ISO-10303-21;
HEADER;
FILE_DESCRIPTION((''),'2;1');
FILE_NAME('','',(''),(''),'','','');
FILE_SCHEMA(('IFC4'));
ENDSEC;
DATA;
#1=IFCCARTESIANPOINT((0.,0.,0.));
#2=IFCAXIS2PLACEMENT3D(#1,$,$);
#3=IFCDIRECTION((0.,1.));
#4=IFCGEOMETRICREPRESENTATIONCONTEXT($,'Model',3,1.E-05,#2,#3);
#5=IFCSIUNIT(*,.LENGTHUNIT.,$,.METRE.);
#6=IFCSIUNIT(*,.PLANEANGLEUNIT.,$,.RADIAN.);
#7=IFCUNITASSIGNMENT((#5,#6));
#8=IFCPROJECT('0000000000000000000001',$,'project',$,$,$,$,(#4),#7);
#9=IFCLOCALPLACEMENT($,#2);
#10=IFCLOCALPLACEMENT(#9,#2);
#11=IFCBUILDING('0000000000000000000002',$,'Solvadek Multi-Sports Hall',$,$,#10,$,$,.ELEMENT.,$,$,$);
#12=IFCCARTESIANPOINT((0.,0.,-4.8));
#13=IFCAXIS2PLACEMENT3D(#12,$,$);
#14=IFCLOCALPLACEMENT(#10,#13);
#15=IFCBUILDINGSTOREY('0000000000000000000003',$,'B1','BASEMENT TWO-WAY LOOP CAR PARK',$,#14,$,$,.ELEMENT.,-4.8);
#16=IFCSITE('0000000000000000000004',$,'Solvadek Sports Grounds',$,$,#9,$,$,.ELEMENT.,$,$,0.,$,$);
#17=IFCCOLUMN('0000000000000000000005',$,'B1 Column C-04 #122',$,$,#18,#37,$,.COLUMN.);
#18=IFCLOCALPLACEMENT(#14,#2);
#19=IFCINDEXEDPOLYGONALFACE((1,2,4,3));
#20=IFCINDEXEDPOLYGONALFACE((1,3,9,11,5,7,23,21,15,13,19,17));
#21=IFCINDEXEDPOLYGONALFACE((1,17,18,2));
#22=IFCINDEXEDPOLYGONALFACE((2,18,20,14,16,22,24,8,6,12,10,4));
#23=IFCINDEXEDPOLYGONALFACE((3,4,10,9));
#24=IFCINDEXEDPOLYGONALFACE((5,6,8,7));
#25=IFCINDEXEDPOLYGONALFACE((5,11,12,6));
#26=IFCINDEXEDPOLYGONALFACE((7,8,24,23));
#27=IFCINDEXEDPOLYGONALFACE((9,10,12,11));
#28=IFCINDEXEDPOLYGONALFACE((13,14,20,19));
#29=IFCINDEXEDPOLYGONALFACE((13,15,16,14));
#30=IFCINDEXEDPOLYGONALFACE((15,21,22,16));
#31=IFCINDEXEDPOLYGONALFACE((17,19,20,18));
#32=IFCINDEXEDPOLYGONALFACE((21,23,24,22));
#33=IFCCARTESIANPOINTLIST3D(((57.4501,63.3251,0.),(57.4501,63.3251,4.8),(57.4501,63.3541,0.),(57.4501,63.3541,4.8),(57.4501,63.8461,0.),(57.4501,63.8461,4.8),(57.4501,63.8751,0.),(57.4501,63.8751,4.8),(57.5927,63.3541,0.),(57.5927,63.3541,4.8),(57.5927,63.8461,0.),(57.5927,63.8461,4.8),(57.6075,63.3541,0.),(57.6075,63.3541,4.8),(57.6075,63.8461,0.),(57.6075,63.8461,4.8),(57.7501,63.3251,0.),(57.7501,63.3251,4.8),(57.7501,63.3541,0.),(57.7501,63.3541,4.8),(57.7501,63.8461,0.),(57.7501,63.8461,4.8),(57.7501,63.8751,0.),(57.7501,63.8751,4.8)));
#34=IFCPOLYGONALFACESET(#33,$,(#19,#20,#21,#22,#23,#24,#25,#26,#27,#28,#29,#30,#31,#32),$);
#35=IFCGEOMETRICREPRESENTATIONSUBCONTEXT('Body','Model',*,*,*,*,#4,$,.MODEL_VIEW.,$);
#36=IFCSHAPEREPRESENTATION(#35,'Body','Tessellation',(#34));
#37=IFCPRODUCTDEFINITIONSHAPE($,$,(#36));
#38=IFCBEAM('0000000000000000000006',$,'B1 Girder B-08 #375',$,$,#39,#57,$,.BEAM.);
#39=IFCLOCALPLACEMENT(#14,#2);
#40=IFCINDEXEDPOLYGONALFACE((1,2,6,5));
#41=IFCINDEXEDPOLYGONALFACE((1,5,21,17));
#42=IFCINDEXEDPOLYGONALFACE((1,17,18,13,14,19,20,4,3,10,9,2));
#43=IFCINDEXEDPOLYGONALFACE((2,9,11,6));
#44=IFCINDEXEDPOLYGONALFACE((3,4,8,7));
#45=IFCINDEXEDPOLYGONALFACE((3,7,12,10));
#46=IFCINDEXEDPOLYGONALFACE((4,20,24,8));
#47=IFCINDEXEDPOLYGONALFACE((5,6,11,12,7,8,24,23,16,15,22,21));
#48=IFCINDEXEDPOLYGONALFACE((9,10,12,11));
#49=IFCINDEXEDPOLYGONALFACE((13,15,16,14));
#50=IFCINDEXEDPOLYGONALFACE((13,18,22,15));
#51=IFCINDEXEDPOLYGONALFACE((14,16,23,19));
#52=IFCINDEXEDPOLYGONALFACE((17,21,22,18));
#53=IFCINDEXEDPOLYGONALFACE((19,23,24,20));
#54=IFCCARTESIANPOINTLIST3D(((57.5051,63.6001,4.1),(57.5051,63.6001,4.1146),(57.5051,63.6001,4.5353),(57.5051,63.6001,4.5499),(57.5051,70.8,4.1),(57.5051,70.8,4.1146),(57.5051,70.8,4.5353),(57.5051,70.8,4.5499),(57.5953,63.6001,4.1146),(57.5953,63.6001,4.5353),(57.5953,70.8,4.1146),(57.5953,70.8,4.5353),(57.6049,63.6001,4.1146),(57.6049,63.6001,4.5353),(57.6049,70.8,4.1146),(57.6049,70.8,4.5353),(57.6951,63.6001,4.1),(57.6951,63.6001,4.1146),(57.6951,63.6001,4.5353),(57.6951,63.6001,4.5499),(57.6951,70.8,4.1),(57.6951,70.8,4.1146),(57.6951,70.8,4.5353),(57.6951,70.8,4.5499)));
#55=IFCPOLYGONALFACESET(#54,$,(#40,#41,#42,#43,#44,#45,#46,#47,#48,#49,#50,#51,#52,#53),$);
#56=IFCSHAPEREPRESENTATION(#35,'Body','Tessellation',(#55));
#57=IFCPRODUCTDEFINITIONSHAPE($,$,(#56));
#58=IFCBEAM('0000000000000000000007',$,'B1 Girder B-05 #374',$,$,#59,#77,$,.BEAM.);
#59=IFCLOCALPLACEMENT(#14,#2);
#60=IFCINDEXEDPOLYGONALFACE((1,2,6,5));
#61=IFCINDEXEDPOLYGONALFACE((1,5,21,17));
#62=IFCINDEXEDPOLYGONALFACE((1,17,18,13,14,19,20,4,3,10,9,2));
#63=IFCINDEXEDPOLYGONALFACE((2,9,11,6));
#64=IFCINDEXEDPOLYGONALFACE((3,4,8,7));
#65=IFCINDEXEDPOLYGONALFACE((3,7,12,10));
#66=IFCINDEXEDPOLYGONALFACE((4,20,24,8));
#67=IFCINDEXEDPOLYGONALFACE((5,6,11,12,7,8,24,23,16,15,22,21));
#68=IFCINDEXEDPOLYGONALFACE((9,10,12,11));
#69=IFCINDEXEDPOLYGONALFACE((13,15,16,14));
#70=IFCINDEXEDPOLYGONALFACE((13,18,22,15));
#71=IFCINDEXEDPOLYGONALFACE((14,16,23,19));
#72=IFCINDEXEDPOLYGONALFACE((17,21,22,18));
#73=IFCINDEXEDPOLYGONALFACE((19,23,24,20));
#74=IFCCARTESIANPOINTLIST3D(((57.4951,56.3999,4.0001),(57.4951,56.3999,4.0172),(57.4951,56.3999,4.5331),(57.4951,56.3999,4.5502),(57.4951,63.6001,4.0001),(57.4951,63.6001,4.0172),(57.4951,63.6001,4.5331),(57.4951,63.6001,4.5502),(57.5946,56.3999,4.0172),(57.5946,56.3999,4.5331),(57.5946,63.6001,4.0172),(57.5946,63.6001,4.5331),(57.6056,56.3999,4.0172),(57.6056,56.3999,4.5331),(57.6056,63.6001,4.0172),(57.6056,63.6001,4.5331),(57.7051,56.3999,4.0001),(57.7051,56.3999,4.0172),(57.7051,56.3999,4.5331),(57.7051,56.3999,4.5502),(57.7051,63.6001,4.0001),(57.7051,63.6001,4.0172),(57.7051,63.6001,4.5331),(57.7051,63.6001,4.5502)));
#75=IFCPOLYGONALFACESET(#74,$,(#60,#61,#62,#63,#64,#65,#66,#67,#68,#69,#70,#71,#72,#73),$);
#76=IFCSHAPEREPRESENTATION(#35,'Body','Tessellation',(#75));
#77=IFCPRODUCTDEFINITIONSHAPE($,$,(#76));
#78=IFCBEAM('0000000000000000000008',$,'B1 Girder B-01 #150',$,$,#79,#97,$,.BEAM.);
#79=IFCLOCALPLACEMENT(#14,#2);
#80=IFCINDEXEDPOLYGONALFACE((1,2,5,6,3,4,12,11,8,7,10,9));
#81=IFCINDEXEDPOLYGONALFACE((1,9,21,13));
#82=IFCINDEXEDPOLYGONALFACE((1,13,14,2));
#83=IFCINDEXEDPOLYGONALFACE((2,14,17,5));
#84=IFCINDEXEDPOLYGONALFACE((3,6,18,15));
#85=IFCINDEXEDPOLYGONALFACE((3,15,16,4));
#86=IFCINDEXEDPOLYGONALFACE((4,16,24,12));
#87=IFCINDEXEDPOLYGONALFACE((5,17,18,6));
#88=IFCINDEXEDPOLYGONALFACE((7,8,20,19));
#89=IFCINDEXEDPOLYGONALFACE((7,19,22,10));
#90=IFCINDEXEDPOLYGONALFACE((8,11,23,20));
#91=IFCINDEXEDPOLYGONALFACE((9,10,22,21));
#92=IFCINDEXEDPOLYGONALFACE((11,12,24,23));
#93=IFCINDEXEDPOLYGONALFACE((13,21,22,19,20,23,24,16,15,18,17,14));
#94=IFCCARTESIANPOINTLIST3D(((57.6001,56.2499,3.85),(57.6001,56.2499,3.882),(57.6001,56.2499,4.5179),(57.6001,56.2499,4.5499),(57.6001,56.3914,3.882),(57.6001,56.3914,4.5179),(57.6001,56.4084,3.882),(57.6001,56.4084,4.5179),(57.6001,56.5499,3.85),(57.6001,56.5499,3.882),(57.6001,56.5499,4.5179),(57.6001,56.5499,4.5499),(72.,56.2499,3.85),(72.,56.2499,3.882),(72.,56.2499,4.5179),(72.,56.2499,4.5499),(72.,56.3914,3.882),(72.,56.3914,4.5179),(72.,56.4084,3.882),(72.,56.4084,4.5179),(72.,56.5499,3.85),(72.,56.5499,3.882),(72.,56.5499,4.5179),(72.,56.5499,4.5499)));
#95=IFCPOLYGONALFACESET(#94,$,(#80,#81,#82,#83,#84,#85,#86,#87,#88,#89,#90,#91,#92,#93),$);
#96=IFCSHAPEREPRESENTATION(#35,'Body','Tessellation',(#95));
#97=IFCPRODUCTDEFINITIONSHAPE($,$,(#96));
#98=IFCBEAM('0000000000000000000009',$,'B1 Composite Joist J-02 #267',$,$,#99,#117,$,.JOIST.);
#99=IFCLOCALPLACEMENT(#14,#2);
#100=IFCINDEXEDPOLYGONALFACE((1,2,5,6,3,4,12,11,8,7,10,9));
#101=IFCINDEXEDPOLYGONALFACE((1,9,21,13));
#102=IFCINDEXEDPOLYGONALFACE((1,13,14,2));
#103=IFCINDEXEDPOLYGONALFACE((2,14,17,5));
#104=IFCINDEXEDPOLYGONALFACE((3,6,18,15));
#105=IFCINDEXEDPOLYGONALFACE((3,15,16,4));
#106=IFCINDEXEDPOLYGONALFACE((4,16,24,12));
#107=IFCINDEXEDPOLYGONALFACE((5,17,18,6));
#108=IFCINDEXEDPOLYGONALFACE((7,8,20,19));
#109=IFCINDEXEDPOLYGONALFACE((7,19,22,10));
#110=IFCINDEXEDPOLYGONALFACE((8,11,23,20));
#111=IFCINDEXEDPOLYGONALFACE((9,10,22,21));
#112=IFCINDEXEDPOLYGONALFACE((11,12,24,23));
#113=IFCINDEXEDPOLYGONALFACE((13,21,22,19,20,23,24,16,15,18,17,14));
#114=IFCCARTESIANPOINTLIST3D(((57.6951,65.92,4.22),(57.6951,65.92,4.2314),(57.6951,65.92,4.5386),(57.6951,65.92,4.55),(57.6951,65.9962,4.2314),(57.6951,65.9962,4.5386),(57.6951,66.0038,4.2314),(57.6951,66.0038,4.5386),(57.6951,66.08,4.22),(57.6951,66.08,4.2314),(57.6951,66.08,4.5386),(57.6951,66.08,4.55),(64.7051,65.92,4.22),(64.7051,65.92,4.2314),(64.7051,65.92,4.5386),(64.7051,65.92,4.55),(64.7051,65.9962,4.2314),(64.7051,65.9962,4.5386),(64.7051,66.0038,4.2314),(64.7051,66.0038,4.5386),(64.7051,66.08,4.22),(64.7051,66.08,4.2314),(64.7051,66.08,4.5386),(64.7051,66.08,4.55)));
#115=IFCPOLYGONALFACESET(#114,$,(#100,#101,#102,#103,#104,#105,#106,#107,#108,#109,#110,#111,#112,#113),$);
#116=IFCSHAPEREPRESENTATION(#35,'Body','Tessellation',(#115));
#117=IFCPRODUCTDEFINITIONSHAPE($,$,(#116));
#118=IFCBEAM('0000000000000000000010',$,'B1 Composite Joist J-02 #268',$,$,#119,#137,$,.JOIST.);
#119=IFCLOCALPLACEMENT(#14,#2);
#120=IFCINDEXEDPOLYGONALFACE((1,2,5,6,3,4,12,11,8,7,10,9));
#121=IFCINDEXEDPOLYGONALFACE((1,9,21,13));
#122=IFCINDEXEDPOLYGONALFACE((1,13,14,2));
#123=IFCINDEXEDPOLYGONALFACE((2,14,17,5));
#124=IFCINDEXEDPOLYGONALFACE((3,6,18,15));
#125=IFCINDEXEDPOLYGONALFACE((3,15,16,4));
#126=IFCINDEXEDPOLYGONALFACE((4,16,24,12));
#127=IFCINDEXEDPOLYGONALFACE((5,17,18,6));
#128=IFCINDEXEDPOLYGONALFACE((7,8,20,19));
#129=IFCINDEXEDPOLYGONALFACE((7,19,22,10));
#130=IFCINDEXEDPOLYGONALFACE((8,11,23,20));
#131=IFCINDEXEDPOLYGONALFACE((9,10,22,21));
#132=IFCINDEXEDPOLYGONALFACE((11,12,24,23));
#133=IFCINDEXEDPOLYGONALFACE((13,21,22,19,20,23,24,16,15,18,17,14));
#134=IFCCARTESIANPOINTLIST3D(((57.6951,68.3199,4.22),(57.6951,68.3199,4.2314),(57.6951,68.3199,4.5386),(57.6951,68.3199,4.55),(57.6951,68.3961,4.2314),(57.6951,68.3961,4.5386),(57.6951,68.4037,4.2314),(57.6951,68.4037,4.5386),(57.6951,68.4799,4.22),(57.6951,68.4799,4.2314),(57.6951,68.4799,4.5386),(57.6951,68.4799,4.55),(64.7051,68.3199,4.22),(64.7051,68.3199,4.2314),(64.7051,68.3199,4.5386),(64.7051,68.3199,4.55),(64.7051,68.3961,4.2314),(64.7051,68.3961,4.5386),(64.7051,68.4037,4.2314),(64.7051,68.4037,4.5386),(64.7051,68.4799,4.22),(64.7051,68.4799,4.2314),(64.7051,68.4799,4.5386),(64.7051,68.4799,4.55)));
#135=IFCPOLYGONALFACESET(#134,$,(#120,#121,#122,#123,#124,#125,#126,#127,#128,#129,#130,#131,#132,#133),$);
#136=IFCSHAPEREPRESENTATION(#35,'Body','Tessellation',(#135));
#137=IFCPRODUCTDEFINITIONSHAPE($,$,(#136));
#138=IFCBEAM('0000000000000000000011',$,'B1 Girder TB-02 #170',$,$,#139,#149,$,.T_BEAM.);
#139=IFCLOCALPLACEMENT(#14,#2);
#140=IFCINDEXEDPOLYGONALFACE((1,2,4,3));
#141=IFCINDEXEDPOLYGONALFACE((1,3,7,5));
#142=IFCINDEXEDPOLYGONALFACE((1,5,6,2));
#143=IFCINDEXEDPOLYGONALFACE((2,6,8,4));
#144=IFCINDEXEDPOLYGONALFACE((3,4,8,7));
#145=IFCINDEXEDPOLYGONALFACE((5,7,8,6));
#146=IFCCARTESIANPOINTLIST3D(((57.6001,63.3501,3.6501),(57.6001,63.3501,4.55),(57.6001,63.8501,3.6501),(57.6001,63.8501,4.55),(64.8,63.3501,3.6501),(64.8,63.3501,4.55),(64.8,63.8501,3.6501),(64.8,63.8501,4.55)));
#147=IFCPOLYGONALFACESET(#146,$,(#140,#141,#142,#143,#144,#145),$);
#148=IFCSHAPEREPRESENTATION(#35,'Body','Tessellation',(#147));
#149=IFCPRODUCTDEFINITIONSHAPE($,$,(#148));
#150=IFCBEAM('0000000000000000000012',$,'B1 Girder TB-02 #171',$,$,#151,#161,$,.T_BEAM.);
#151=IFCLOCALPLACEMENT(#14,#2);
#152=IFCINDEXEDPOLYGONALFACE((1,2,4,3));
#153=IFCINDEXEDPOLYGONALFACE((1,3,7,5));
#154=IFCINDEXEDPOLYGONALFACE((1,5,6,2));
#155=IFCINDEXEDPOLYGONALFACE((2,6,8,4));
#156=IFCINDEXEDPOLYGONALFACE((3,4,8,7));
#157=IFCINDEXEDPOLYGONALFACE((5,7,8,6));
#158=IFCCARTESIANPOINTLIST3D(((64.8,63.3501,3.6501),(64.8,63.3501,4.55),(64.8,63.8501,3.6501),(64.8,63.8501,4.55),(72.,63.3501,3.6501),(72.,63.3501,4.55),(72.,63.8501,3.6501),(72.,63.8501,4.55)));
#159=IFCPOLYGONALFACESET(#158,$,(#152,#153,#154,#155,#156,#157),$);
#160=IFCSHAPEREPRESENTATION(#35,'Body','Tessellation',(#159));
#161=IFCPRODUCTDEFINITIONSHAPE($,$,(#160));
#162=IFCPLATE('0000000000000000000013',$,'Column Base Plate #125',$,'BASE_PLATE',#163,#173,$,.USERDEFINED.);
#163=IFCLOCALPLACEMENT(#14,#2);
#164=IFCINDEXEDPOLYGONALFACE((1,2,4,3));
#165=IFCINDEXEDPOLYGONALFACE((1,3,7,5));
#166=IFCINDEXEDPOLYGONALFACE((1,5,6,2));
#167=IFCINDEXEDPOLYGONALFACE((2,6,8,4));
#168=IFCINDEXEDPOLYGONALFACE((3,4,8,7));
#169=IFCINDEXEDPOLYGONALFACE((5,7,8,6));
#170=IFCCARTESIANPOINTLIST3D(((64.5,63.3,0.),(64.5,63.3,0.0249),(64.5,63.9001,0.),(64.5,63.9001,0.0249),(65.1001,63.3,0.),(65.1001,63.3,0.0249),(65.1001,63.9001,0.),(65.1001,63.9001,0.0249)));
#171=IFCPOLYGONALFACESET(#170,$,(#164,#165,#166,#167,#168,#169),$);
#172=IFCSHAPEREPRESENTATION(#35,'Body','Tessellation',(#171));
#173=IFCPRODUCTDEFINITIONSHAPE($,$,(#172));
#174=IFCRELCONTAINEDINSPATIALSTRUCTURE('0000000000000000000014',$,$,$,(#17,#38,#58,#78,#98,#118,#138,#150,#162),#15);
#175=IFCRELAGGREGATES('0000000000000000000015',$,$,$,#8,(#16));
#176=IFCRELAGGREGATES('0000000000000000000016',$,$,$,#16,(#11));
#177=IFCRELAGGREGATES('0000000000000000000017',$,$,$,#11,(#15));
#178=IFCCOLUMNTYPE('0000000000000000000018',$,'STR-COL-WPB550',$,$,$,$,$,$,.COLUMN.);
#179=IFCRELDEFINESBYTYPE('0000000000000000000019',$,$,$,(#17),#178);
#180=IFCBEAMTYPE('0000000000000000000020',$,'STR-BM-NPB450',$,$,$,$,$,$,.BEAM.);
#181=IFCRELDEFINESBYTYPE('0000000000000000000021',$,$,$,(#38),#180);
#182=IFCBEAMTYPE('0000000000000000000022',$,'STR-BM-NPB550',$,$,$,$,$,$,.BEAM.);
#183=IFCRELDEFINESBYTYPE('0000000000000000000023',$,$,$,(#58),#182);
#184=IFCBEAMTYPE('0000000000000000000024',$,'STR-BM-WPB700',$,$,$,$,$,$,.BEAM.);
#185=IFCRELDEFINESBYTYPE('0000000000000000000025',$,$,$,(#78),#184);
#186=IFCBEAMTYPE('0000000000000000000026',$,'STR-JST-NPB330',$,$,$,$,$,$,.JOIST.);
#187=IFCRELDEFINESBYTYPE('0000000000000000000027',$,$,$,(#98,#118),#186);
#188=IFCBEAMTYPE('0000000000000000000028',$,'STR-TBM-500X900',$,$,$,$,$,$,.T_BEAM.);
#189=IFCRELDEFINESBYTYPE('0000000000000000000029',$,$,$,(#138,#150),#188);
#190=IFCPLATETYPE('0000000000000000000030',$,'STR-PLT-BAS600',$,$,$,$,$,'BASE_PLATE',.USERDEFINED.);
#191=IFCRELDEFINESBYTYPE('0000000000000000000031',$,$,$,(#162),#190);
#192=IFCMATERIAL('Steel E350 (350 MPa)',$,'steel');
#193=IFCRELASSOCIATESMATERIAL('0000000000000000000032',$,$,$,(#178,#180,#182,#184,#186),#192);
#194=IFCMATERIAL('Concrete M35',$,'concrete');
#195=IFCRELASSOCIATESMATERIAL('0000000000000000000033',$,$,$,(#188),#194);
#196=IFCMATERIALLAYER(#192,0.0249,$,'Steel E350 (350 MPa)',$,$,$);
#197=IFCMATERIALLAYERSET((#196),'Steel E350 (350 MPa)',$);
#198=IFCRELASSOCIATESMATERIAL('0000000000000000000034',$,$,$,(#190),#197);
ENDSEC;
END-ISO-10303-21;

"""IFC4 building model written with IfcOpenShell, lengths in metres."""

from ifc_helpers import new_model, si_unit, direction, frame, origin, origin_2d, place, context, subcontext, project, spatial, rectangle, i_section, extrude, material, layer, layer_set, material_profile, profile_set, type_object, element, save


model = new_model("IFC4")

# Units and contexts
model_context = context("Model", 3, precision=1e-05, world=origin(), true_north=direction((0.0, 1.0)))
body_context = subcontext(model_context, "Body", "Model", "MODEL_VIEW")
ifc_project = project(units=[si_unit("LENGTHUNIT", "METRE"), si_unit("PLANEANGLEUNIT", "RADIAN")], contexts=[model_context])

# Site, building, storey
site_placement = place(None, origin())
site = spatial("IfcSite", under=ifc_project, at=site_placement, Name="Solvadek Sports Grounds", CompositionType="ELEMENT", RefElevation=0.0)
building_placement = place(site_placement, origin())
building = spatial("IfcBuilding", under=site, at=building_placement, Name="Solvadek Multi-Sports Hall", CompositionType="ELEMENT")
storey_placement = place(building_placement, frame((0.0, 0.0, -4.8)))
storey = spatial("IfcBuildingStorey", under=building, at=storey_placement, Name="B1", Description="BASEMENT TWO-WAY LOOP CAR PARK", CompositionType="ELEMENT", Elevation=-4.8)

# Shared definitions
ifc_material_1 = material(Name="Concrete M35", Category="concrete")

# Column
ifc_material_2 = material(Name="Steel E350 (350 MPa)", Category="steel")
ifc_material_profile_1 = material_profile(ifc_material_2, i_section(OverallWidth=0.3, OverallDepth=0.55, WebThickness=0.0149, FlangeThickness=0.0291, at=origin_2d()), Name="WPB 550")
ifc_profile_set_1 = profile_set([ifc_material_profile_1], Name="Steel E350 (350 MPa)")
column_type_1 = type_object("IfcColumnType", Name="STR-COL-WPB550", PredefinedType="COLUMN", material=ifc_profile_set_1)
column_1_placement = place(storey_placement, frame((57.6001, 63.6001, 0.0), z_axis=(0.0, 0.0, 1.0), x_axis=(1.0, 0.0, 0.0)))
element("IfcColumn", 1, at=column_1_placement, inside=storey, type_object=column_type_1, Name="B1 Column C-04 #122", PredefinedType="COLUMN", context=body_context, shape_type="SweptSolid", body=[
    extrude(i_section(OverallWidth=0.3, OverallDepth=0.55, WebThickness=0.0149, FlangeThickness=0.0291, at=origin_2d()), origin(), (0.0, 0.0, 1.0), 4.8),
])

# Beams
ifc_material_profile_2 = material_profile(ifc_material_2, i_section(OverallWidth=0.1899, OverallDepth=0.45, WebThickness=0.0095, FlangeThickness=0.0146, at=origin_2d()), Name="NPB 450")
ifc_profile_set_2 = profile_set([ifc_material_profile_2], Name="Steel E350 (350 MPa)")
beam_type_1 = type_object("IfcBeamType", Name="STR-BM-NPB450", PredefinedType="BEAM", material=ifc_profile_set_2)
beam_1_placement = place(storey_placement, frame((57.6001, 63.6001, 4.325), z_axis=(0.0, 1.0, 0.0), x_axis=(-1.0, 0.0, 0.0)))
element("IfcBeam", 2, at=beam_1_placement, inside=storey, type_object=beam_type_1, Name="B1 Girder B-08 #375", PredefinedType="BEAM", context=body_context, shape_type="SweptSolid", body=[
    extrude(i_section(OverallWidth=0.1899, OverallDepth=0.45, WebThickness=0.0095, FlangeThickness=0.0146, at=origin_2d()), origin(), (0.0, 0.0, 1.0), 7.2),
])
ifc_material_profile_3 = material_profile(ifc_material_2, i_section(OverallWidth=0.21, OverallDepth=0.55, WebThickness=0.011, FlangeThickness=0.0171, at=origin_2d()), Name="NPB 550")
ifc_profile_set_3 = profile_set([ifc_material_profile_3], Name="Steel E350 (350 MPa)")
beam_type_2 = type_object("IfcBeamType", Name="STR-BM-NPB550", PredefinedType="BEAM", material=ifc_profile_set_3)
beam_2_placement = place(storey_placement, frame((57.6001, 56.3999, 4.2751), z_axis=(0.0, 1.0, 0.0), x_axis=(-1.0, 0.0, 0.0)))
element("IfcBeam", 3, at=beam_2_placement, inside=storey, type_object=beam_type_2, Name="B1 Girder B-05 #374", PredefinedType="BEAM", context=body_context, shape_type="SweptSolid", body=[
    extrude(i_section(OverallWidth=0.21, OverallDepth=0.55, WebThickness=0.011, FlangeThickness=0.0171, at=origin_2d()), origin(), (0.0, 0.0, 1.0), 7.2002),
])
ifc_material_profile_4 = material_profile(ifc_material_2, i_section(OverallWidth=0.3, OverallDepth=0.7, WebThickness=0.0171, FlangeThickness=0.032, at=origin_2d()), Name="WPB 700")
ifc_profile_set_4 = profile_set([ifc_material_profile_4], Name="Steel E350 (350 MPa)")
beam_type_3 = type_object("IfcBeamType", Name="STR-BM-WPB700", PredefinedType="BEAM", material=ifc_profile_set_4)
beam_3_placement = place(storey_placement, frame((57.6001, 56.3999, 4.2), z_axis=(1.0, 0.0, 0.0), x_axis=(0.0, 1.0, 0.0)))
element("IfcBeam", 4, at=beam_3_placement, inside=storey, type_object=beam_type_3, Name="B1 Girder B-01 #150", PredefinedType="BEAM", context=body_context, shape_type="SweptSolid", body=[
    extrude(i_section(OverallWidth=0.3, OverallDepth=0.7, WebThickness=0.0171, FlangeThickness=0.032, at=origin_2d()), origin(), (0.0, 0.0, 1.0), 14.3999),
])
ifc_material_profile_5 = material_profile(ifc_material_2, i_section(OverallWidth=0.1599, OverallDepth=0.3301, WebThickness=0.0076, FlangeThickness=0.0115, at=origin_2d()), Name="NPB 330")
ifc_profile_set_5 = profile_set([ifc_material_profile_5], Name="Steel E350 (350 MPa)")
beam_type_4 = type_object("IfcBeamType", Name="STR-JST-NPB330", PredefinedType="JOIST", material=ifc_profile_set_5)
for number, where, z_axis, x_axis, name in (
    (5, (57.6951, 66.0, 4.385), (1.0, 0.0, 0.0), (0.0, 1.0, 0.0), "B1 Composite Joist J-02 #267"),
    (6, (57.6951, 68.3999, 4.385), (1.0, 0.0, 0.0), (0.0, 1.0, 0.0), "B1 Composite Joist J-02 #268"),
):
    element("IfcBeam", number, at=place(storey_placement, frame(where, z_axis=z_axis, x_axis=x_axis)), inside=storey, type_object=beam_type_4, Name=name, PredefinedType="JOIST", context=body_context, shape_type="SweptSolid", body=[
        extrude(i_section(OverallWidth=0.1599, OverallDepth=0.3301, WebThickness=0.0076, FlangeThickness=0.0115, at=origin_2d()), origin(), (0.0, 0.0, 1.0), 7.01),
    ])
ifc_material_profile_6 = material_profile(ifc_material_1, rectangle(XDim=0.5, YDim=0.8999, at=origin_2d()), Name="RC T-BEAM 500x900")
ifc_profile_set_6 = profile_set([ifc_material_profile_6], Name="Concrete M35")
beam_type_5 = type_object("IfcBeamType", Name="STR-TBM-500X900", PredefinedType="T_BEAM", material=ifc_profile_set_6)
for number, where, z_axis, x_axis, name in (
    (7, (57.6001, 63.6001, 4.1001), (1.0, 0.0, 0.0), (0.0, 1.0, 0.0), "B1 Girder TB-02 #170"),
    (8, (64.8, 63.6001, 4.1001), (1.0, 0.0, 0.0), (0.0, 1.0, 0.0), "B1 Girder TB-02 #171"),
):
    element("IfcBeam", number, at=place(storey_placement, frame(where, z_axis=z_axis, x_axis=x_axis)), inside=storey, type_object=beam_type_5, Name=name, PredefinedType="T_BEAM", context=body_context, shape_type="SweptSolid", body=[
        extrude(rectangle(XDim=0.5, YDim=0.8999, at=origin_2d()), origin(), (0.0, 0.0, 1.0), 7.2),
    ])

# Plate
ifc_layer_1 = layer(ifc_material_2, 0.0249, Name="Steel E350 (350 MPa)")
ifc_layer_set_1 = layer_set([ifc_layer_1], Name="Steel E350 (350 MPa)")
plate_type_1 = type_object("IfcPlateType", Name="STR-PLT-BAS600", ElementType="BASE_PLATE", PredefinedType="USERDEFINED", material=ifc_layer_set_1)
plate_1_placement = place(storey_placement, frame((64.8, 63.6001, 0.0), z_axis=(0.0, 0.0, 1.0), x_axis=(1.0, 0.0, 0.0)))
element("IfcPlate", 9, at=plate_1_placement, inside=storey, type_object=plate_type_1, Name="Column Base Plate #125", ObjectType="BASE_PLATE", PredefinedType="USERDEFINED", context=body_context, shape_type="SweptSolid", body=[
    extrude(rectangle(XDim=0.6001, YDim=0.6001, at=origin_2d()), origin(), (0.0, 0.0, 1.0), 0.0249),
])

save(model, "model.ifc")
